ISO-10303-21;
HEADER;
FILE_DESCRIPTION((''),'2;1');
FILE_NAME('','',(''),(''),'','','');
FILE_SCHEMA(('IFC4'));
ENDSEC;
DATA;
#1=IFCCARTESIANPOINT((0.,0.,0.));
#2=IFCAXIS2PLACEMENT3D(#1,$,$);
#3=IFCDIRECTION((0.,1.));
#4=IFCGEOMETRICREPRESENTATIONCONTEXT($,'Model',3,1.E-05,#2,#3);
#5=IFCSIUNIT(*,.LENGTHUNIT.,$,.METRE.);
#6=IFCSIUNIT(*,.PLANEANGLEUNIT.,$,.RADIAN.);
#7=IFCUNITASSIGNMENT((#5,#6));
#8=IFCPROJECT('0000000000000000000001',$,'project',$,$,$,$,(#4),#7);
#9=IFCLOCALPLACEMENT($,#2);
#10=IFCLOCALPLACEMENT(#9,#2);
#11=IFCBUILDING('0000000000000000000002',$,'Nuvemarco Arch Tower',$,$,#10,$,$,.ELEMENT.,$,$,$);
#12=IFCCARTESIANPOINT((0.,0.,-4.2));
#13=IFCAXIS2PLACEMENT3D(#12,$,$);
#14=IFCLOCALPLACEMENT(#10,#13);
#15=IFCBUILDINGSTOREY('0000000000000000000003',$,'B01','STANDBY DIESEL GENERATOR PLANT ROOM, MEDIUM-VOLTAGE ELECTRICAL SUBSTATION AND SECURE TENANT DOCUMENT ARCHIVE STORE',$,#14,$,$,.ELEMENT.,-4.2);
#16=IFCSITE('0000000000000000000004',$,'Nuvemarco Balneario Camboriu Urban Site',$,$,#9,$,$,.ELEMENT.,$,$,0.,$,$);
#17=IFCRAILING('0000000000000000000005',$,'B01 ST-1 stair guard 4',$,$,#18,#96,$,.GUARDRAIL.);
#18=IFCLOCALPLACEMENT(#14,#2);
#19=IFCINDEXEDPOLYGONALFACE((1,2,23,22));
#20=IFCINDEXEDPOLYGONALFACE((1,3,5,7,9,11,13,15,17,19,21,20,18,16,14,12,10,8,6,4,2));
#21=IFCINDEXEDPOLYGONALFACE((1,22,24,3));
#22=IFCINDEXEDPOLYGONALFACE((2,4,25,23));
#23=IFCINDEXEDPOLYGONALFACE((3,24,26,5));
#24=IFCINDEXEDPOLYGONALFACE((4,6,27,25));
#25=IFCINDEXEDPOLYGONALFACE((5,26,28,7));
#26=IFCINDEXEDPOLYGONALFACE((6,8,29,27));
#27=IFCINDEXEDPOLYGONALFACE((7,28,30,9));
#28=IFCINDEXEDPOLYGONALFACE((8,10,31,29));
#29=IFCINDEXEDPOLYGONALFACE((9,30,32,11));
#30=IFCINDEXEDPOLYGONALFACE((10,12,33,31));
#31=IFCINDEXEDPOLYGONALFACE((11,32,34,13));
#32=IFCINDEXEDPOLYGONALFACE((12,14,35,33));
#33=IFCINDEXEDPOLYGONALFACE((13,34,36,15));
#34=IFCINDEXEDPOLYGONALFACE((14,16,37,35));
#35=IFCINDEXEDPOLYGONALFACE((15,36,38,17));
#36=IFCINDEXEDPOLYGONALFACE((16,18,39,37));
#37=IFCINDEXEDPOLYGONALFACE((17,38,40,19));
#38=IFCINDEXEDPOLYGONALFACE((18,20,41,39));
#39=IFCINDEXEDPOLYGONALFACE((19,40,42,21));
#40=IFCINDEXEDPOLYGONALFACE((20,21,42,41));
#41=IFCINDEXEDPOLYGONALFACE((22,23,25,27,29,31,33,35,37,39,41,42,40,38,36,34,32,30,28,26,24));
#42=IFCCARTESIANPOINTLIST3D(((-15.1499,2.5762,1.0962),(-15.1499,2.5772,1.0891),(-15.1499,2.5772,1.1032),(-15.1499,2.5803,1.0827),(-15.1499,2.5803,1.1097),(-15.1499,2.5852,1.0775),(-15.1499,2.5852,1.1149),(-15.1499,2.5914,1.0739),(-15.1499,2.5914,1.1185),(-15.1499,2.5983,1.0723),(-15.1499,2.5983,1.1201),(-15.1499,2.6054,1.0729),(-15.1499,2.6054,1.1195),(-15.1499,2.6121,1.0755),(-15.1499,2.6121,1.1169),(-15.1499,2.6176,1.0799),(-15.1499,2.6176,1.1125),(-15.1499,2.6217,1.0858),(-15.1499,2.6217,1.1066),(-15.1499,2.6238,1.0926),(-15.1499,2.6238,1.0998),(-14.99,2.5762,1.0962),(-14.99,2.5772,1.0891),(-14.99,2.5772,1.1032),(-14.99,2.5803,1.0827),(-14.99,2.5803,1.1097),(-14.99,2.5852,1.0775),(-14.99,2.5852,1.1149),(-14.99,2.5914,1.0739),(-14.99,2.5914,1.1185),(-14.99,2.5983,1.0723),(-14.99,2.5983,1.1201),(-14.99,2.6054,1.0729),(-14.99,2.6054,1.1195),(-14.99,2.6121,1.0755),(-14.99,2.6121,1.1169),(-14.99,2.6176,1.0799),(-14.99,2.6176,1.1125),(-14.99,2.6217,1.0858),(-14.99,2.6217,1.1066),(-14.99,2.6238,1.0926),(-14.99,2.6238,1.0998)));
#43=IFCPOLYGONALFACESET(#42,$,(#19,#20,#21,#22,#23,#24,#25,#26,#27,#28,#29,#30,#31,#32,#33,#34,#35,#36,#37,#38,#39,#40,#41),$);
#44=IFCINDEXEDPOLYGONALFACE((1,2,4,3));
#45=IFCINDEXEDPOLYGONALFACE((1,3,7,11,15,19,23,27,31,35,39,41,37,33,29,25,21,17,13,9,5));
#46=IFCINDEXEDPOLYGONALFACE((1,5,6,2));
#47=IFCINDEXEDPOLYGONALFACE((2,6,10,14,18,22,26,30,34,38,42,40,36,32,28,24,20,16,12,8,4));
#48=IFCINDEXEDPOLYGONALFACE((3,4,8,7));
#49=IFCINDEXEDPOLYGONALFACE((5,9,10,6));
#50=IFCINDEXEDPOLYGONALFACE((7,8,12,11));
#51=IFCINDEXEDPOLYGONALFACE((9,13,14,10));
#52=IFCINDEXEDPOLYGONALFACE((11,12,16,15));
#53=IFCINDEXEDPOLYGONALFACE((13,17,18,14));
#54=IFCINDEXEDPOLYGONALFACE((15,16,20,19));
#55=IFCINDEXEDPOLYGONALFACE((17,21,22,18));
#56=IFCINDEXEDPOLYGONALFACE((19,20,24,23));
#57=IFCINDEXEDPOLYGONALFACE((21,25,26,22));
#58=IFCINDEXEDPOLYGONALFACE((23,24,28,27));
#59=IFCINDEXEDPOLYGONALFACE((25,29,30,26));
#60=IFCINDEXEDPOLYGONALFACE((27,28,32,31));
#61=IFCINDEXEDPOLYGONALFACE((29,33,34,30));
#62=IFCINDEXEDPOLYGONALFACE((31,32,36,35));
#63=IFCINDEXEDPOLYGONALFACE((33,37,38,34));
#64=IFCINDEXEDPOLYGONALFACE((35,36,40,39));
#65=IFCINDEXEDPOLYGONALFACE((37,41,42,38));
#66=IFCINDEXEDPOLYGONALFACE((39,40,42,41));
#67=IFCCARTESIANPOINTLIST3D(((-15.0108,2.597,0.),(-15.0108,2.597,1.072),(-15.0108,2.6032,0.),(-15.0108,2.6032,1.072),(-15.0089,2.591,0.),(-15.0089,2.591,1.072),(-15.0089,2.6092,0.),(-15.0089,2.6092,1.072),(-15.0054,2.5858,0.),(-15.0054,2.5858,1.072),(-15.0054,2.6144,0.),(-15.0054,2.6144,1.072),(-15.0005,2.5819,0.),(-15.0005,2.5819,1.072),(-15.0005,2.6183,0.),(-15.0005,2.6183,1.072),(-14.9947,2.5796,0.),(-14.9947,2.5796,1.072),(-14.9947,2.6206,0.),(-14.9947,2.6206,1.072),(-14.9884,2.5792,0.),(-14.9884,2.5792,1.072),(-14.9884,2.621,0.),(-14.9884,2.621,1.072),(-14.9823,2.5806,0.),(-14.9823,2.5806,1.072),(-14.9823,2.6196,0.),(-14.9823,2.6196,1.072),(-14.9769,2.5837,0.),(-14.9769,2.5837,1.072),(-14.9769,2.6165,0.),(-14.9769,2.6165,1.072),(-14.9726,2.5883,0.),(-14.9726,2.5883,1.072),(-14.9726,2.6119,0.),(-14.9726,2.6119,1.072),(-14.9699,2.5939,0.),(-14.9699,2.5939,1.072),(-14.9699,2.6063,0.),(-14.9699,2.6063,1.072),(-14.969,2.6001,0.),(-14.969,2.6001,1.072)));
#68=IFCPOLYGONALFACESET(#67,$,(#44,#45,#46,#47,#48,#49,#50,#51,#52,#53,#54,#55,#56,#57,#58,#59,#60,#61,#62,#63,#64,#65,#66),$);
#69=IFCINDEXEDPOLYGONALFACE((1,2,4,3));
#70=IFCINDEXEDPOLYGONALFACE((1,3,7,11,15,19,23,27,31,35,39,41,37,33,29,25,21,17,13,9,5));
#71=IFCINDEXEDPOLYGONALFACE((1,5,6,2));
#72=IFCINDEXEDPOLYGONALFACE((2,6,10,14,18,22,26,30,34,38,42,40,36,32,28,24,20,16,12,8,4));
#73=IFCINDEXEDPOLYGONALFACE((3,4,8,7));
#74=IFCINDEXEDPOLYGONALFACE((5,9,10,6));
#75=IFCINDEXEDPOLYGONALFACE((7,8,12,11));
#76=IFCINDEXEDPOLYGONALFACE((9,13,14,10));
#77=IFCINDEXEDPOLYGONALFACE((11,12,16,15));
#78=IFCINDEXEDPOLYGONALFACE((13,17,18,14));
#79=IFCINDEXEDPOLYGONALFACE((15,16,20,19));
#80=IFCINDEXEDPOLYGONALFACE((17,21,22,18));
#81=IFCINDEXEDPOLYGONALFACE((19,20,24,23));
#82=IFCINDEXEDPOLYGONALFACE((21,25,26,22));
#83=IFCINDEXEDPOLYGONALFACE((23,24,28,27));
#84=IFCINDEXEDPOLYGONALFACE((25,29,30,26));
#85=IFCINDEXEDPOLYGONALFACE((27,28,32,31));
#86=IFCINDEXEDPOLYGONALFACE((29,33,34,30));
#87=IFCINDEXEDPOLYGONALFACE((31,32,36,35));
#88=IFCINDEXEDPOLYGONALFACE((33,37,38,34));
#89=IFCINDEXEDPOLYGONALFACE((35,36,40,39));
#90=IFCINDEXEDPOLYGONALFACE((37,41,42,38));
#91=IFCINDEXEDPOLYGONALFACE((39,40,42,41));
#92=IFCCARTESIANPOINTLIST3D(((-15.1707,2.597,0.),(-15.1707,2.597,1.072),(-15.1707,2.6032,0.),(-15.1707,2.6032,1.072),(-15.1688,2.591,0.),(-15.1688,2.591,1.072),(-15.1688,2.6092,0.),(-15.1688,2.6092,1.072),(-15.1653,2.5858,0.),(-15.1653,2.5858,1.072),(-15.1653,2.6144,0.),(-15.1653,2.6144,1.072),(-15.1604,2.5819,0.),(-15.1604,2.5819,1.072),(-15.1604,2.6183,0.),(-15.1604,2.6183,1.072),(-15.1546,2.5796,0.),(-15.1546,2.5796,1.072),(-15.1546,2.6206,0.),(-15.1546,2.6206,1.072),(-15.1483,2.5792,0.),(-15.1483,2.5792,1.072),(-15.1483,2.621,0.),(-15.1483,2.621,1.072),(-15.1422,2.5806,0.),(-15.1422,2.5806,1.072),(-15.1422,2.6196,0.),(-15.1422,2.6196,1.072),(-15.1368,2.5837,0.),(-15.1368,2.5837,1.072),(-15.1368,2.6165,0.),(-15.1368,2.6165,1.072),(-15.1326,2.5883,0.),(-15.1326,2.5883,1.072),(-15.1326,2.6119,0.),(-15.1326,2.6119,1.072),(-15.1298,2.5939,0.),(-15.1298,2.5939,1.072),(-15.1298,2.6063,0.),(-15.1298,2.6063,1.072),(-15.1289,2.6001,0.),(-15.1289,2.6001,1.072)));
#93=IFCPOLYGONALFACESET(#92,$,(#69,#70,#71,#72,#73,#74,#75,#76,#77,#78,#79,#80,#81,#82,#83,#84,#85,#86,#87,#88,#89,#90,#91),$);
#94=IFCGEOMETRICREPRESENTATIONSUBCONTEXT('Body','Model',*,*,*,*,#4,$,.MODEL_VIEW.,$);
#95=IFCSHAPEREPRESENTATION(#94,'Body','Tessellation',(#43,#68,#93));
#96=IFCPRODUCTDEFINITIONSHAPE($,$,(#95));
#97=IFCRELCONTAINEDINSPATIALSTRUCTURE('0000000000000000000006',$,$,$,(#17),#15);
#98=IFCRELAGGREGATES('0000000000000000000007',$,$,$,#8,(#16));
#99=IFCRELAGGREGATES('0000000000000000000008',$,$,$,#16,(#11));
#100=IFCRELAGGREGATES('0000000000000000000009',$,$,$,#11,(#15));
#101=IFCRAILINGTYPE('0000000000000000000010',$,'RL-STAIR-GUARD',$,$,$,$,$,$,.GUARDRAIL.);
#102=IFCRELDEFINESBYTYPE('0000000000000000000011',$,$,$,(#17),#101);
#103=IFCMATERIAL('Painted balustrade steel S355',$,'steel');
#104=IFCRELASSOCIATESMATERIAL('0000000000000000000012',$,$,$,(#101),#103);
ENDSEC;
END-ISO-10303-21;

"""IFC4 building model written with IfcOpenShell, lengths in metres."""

from ifc_helpers import new_model, si_unit, direction, frame, origin, origin_2d, place, context, subcontext, project, spatial, circle, extrude, material, type_object, element, save


model = new_model("IFC4")

# Units and contexts
model_context = context("Model", 3, precision=1e-05, world=origin(), true_north=direction((0.0, 1.0)))
body_context = subcontext(model_context, "Body", "Model", "MODEL_VIEW")
ifc_project = project(units=[si_unit("LENGTHUNIT", "METRE"), si_unit("PLANEANGLEUNIT", "RADIAN")], contexts=[model_context])

# Site, building, storey
site_placement = place(None, origin())
site = spatial("IfcSite", under=ifc_project, at=site_placement, Name="Nuvemarco Balneario Camboriu Urban Site", CompositionType="ELEMENT", RefElevation=0.0)
building_placement = place(site_placement, origin())
building = spatial("IfcBuilding", under=site, at=building_placement, Name="Nuvemarco Arch Tower", CompositionType="ELEMENT")
storey_placement = place(building_placement, frame((0.0, 0.0, -4.2)))
storey = spatial("IfcBuildingStorey", under=building, at=storey_placement, Name="B01", Description="STANDBY DIESEL GENERATOR PLANT ROOM, MEDIUM-VOLTAGE ELECTRICAL SUBSTATION AND SECURE TENANT DOCUMENT ARCHIVE STORE", CompositionType="ELEMENT", Elevation=-4.2)

# Railing
ifc_material_1 = material(Name="Painted balustrade steel S355", Category="steel")
railing_type_1 = type_object("IfcRailingType", Name="RL-STAIR-GUARD", PredefinedType="GUARDRAIL", material=ifc_material_1)
railing_1_placement = place(storey_placement, frame((-14.99, 2.6001, 0.0)))
element("IfcRailing", 1, at=railing_1_placement, inside=storey, type_object=railing_type_1, Name="B01 ST-1 stair guard 4", PredefinedType="GUARDRAIL", context=body_context, shape_type="SweptSolid", body=[
    extrude(circle(Radius=0.0239, at=origin_2d()), frame((0.0, 0.0, 1.0962), z_axis=(-1.0, 0.0, 0.0), x_axis=(0.0, -1.0, 0.0)), (0.0, 0.0, 1.0), 0.1599),
    extrude(circle(Radius=0.021, at=origin_2d()), origin(), (0.0, 0.0, 1.0), 1.072),
    extrude(circle(Radius=0.021, at=origin_2d()), frame((-0.1599, 0.0, 0.0)), (0.0, 0.0, 1.0), 1.072),
])

save(model, "model.ifc")
